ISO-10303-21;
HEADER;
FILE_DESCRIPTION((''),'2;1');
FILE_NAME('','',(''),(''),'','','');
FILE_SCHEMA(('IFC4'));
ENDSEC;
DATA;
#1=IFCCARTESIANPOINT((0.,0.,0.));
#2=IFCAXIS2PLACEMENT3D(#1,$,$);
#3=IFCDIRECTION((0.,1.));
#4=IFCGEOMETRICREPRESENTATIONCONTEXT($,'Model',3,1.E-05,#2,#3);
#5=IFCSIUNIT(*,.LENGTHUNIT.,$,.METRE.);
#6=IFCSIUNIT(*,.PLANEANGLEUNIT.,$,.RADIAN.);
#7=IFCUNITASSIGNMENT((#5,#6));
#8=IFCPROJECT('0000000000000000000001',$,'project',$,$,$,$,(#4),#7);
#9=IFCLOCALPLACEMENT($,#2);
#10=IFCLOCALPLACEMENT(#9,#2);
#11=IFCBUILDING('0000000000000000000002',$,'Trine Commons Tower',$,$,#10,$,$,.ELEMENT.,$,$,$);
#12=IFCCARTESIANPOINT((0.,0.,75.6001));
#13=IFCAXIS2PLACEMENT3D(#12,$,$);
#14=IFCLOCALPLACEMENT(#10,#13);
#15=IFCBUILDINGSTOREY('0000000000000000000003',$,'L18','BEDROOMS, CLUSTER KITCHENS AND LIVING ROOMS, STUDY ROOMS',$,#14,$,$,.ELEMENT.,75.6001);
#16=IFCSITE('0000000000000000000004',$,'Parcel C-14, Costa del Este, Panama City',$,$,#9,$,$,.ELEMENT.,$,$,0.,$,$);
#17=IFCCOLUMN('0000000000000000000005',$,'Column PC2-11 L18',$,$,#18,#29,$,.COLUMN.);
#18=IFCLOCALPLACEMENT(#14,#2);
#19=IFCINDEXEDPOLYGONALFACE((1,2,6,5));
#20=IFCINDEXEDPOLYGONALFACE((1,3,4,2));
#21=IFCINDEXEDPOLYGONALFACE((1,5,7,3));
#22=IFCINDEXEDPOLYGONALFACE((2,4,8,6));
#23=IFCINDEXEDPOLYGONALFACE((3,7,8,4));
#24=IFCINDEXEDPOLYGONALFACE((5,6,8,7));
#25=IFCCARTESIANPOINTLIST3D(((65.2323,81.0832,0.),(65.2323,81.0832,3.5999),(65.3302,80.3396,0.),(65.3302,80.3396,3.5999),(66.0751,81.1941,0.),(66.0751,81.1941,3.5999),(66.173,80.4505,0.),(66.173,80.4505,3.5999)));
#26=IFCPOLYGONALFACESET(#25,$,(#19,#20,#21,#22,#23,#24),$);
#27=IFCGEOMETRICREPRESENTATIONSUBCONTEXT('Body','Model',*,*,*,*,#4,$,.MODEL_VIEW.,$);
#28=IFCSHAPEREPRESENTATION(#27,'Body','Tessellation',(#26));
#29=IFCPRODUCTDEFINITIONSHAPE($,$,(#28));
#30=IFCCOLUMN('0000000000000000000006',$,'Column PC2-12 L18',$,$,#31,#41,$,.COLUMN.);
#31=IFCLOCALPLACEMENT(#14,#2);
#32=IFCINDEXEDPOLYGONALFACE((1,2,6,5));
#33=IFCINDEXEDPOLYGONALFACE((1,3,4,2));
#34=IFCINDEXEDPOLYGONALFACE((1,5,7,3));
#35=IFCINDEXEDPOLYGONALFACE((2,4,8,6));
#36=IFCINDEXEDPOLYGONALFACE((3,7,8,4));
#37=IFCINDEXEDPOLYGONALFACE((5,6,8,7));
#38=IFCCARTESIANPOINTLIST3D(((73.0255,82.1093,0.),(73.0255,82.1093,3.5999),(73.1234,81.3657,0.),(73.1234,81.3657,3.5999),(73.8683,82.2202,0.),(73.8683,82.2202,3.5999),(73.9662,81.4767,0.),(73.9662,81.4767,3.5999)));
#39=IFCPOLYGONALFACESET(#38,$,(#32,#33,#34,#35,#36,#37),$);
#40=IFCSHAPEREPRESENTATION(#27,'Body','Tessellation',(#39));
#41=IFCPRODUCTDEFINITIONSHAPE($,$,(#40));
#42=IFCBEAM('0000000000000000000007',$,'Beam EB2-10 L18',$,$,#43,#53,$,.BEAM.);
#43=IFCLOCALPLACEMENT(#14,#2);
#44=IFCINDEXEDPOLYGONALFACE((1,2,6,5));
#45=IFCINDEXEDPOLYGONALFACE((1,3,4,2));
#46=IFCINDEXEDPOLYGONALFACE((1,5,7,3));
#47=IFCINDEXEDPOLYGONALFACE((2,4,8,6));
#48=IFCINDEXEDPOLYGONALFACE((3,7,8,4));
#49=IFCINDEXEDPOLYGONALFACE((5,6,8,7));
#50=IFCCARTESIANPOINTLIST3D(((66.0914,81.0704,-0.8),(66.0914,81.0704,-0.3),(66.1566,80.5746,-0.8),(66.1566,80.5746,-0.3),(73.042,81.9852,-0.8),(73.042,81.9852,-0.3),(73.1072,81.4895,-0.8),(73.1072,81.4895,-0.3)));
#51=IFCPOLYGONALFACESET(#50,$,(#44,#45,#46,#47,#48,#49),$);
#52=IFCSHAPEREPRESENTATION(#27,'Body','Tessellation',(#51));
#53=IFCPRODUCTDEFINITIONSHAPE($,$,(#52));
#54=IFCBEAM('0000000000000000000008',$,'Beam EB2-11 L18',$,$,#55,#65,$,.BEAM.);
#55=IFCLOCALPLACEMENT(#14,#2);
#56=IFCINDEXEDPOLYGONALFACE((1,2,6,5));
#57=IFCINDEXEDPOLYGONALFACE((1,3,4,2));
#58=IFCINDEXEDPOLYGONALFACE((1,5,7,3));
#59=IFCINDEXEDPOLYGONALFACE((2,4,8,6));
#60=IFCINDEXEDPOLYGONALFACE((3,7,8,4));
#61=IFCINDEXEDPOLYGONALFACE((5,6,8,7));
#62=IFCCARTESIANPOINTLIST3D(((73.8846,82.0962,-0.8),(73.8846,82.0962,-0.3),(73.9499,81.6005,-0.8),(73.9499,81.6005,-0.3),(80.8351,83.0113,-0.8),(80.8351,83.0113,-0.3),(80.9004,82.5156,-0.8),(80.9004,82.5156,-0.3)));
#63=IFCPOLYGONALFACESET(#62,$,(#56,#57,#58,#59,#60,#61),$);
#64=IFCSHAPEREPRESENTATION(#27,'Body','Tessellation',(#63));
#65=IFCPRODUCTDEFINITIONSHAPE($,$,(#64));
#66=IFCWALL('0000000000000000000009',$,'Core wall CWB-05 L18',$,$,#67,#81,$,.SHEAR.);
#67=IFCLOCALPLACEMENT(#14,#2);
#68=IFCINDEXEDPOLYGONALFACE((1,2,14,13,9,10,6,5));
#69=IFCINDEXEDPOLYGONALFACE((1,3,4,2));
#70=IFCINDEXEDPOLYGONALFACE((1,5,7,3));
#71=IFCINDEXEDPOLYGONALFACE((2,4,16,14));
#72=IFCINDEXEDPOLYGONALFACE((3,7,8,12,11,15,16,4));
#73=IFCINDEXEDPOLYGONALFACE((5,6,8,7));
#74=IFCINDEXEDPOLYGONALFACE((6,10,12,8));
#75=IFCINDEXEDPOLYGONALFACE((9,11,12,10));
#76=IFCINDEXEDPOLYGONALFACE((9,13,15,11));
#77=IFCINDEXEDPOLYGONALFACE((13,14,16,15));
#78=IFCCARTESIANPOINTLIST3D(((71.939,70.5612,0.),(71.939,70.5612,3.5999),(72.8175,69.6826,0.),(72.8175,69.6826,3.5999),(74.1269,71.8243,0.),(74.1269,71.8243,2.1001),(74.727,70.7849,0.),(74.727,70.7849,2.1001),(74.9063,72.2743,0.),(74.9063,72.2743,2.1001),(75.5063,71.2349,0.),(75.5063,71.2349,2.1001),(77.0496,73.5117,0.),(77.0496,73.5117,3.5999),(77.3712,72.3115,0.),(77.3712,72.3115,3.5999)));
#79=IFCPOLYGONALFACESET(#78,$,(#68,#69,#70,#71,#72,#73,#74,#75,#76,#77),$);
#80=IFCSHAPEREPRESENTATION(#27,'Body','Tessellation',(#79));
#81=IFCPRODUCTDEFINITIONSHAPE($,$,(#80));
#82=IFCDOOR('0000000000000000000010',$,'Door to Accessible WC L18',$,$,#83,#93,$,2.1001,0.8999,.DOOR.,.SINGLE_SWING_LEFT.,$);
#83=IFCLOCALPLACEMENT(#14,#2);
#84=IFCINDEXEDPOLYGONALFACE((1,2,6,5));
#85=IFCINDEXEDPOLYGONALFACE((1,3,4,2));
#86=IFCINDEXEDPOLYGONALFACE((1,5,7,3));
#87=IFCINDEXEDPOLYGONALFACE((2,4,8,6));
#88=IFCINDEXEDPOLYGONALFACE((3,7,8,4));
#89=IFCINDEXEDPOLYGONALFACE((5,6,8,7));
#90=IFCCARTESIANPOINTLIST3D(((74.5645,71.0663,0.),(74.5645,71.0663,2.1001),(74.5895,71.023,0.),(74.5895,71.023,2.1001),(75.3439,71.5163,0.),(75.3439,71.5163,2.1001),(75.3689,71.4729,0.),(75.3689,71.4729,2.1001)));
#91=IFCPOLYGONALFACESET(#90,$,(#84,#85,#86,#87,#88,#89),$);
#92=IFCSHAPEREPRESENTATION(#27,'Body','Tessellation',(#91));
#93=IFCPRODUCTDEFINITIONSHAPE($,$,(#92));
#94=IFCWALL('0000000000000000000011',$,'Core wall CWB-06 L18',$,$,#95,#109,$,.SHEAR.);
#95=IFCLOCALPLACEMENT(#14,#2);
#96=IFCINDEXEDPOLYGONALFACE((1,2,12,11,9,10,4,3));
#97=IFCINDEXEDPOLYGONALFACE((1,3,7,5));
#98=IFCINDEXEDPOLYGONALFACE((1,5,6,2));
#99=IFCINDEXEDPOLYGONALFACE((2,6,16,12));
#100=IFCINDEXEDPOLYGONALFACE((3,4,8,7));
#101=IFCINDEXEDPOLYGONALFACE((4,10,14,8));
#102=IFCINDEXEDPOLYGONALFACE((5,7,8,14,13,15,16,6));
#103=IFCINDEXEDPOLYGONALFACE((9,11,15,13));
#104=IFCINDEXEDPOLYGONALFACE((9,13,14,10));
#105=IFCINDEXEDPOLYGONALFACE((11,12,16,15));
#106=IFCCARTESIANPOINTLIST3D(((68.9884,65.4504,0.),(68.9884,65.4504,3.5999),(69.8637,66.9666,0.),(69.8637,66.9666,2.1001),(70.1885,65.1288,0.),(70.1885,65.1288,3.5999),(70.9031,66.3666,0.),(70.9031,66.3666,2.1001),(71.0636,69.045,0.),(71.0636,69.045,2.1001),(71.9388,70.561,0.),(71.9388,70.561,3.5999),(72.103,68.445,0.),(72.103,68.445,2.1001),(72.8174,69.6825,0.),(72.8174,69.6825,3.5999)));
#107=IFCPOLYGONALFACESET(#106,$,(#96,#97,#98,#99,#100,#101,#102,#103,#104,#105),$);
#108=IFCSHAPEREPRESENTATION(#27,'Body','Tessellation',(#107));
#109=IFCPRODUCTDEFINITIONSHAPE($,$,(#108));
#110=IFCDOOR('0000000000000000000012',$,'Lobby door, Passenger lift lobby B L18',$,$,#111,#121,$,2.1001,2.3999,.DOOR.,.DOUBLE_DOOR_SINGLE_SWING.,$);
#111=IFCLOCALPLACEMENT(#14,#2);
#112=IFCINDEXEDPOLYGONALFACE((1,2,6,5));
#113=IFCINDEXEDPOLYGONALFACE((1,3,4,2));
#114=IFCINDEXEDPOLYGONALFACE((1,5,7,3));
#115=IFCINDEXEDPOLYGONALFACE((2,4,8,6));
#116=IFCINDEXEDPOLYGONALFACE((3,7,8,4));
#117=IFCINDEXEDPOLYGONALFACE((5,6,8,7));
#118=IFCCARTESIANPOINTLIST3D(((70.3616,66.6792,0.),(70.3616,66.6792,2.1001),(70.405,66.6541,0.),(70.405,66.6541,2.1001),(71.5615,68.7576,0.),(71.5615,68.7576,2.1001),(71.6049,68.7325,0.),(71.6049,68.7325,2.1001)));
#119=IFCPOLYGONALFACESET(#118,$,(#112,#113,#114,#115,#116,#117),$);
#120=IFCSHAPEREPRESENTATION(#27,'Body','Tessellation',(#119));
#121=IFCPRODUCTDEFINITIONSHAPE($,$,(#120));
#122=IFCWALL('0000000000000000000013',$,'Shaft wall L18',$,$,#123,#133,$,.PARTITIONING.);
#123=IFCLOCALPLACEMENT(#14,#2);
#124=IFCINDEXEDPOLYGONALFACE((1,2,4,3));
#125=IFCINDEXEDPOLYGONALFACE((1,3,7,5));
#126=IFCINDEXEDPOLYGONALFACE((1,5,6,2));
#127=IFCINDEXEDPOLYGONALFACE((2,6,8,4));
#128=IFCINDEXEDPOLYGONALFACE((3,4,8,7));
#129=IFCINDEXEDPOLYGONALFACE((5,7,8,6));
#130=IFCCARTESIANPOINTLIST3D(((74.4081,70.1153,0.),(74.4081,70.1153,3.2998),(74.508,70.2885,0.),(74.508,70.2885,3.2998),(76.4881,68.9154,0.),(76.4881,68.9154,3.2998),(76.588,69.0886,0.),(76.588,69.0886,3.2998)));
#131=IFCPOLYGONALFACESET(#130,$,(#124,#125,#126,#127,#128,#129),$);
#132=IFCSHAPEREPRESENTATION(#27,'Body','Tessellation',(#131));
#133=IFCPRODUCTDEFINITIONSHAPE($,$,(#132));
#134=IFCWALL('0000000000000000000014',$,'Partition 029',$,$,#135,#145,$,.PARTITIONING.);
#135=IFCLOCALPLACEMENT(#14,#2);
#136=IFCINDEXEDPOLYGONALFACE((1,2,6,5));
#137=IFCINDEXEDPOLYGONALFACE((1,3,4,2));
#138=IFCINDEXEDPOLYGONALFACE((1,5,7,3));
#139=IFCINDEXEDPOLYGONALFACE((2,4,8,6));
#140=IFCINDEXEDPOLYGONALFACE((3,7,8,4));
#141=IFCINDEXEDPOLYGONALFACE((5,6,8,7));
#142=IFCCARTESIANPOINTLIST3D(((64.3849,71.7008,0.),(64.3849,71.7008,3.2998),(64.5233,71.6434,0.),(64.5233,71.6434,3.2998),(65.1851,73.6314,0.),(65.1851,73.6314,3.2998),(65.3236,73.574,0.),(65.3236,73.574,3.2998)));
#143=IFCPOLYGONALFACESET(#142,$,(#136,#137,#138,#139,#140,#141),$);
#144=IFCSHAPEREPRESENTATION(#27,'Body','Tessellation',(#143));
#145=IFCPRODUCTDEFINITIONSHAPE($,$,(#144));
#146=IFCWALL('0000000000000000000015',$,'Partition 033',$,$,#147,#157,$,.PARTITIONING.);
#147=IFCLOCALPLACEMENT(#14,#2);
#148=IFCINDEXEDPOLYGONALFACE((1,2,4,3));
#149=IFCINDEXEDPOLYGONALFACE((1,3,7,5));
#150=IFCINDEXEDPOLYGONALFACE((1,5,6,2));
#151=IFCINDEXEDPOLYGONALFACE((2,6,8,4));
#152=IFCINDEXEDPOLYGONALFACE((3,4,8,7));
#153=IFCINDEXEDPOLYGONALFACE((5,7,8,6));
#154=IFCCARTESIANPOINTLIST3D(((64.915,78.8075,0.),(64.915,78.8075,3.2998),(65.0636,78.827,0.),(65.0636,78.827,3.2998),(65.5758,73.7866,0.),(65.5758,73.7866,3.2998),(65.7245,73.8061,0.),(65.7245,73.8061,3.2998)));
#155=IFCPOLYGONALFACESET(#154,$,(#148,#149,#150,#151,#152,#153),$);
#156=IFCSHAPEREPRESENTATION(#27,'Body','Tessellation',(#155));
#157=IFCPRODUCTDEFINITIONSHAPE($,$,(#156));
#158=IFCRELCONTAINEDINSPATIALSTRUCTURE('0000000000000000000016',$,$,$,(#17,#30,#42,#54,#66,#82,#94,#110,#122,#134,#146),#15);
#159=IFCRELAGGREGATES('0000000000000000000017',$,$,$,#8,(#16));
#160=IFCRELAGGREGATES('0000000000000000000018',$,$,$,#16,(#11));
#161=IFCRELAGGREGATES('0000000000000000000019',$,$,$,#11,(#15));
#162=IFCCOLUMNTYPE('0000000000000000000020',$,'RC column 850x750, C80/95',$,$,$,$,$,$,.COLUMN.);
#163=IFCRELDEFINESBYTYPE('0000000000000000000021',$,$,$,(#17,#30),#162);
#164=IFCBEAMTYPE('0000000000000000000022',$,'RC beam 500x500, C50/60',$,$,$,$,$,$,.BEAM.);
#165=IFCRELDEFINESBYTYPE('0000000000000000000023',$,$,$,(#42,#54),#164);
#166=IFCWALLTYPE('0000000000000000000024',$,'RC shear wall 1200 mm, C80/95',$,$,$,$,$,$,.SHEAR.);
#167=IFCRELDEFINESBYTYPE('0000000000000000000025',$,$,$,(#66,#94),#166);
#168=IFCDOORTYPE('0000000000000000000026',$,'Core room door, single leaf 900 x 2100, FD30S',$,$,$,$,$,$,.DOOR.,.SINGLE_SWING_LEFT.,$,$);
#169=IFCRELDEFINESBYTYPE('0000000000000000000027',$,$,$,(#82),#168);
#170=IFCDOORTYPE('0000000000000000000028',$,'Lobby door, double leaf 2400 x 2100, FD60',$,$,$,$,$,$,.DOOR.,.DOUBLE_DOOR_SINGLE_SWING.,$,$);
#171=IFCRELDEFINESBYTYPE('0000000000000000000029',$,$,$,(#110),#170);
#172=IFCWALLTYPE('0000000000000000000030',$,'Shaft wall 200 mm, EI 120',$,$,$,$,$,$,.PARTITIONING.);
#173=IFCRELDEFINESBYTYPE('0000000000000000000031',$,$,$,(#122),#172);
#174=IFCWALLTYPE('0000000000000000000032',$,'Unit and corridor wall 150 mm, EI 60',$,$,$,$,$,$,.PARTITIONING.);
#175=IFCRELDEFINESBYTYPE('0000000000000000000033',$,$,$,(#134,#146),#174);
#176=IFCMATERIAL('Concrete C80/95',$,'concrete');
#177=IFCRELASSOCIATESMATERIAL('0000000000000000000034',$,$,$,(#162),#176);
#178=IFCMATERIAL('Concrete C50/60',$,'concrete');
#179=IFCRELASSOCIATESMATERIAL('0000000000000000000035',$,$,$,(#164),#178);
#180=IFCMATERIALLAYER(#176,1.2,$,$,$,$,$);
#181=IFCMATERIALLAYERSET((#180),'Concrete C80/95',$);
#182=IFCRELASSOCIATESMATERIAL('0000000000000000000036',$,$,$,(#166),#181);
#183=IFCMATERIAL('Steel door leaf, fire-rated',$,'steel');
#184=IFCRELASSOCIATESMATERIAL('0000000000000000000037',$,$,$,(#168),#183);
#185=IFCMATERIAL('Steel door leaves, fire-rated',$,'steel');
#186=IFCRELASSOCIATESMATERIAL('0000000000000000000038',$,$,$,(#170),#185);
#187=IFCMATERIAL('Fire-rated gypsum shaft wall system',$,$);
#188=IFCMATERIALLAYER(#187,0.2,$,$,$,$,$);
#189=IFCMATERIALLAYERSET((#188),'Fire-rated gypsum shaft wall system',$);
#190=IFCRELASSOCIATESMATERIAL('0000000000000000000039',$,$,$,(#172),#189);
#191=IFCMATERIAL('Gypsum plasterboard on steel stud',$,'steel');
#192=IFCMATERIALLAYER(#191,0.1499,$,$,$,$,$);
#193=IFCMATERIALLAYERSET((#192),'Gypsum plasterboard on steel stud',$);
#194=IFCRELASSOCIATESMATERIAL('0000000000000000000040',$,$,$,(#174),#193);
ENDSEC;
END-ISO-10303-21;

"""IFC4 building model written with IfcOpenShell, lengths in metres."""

from ifc_helpers import new_model, si_unit, direction, frame, frame_2d, origin, origin_2d, place, context, subcontext, project, spatial, polyline, rectangle, outline, extrude, material, layer, layer_set, material_profile, profile_set, type_object, element, fill, save


model = new_model("IFC4")

# Units and contexts
model_context = context("Model", 3, precision=1e-05, world=origin(), true_north=direction((0.0, 1.0)))
body_context = subcontext(model_context, "Body", "Model", "MODEL_VIEW")
ifc_project = project(units=[si_unit("LENGTHUNIT", "METRE"), si_unit("PLANEANGLEUNIT", "RADIAN")], contexts=[model_context])

# Site, building, storey
site_placement = place(None, origin())
site = spatial("IfcSite", under=ifc_project, at=site_placement, Name="Parcel C-14, Costa del Este, Panama City", CompositionType="ELEMENT", RefElevation=0.0)
building_placement = place(site_placement, origin())
building = spatial("IfcBuilding", under=site, at=building_placement, Name="Trine Commons Tower", CompositionType="ELEMENT")
storey_placement = place(building_placement, frame((0.0, 0.0, 75.6001)))
storey = spatial("IfcBuildingStorey", under=building, at=storey_placement, Name="L18", Description="BEDROOMS, CLUSTER KITCHENS AND LIVING ROOMS, STUDY ROOMS", CompositionType="ELEMENT", Elevation=75.6001)

# Columns
ifc_material_1 = material(Name="Concrete C80/95", Category="concrete")
ifc_material_profile_1 = material_profile(ifc_material_1, rectangle(XDim=0.8501, YDim=0.75, at=origin_2d()), Name="RC 850x750")
ifc_profile_set_1 = profile_set([ifc_material_profile_1], Name="Concrete C80/95")
column_type = type_object("IfcColumnType", Name="RC column 850x750, C80/95", PredefinedType="COLUMN", material=ifc_profile_set_1)
for number, where, z_axis, x_axis, name in (
    (1, (65.7026, 80.7668, 0.0), (0.0, 0.0, 1.0), (0.991445, 0.130526, 0.0), "Column PC2-11 L18"),
    (2, (73.4958, 81.793, 0.0), (0.0, 0.0, 1.0), (0.991445, 0.130526, 0.0), "Column PC2-12 L18"),
):
    element("IfcColumn", number, at=place(storey_placement, frame(where, z_axis=z_axis, x_axis=x_axis)), inside=storey, type_object=column_type, Name=name, PredefinedType="COLUMN", context=body_context, shape_type="SweptSolid", body=[
        extrude(rectangle(XDim=0.8501, YDim=0.75, at=origin_2d()), origin(), (0.0, 0.0, 1.0), 3.5999),
    ])

# Beams
ifc_material_2 = material(Name="Concrete C50/60", Category="concrete")
ifc_material_profile_2 = material_profile(ifc_material_2, rectangle(XDim=0.5, YDim=0.5, at=origin_2d()), Name="RC 500x500")
ifc_profile_set_2 = profile_set([ifc_material_profile_2], Name="Concrete C50/60")
beam_type = type_object("IfcBeamType", Name="RC beam 500x500, C50/60", PredefinedType="BEAM", material=ifc_profile_set_2)
for number, where, z_axis, x_axis, name in (
    (3, (66.124, 80.8225, -0.55), (0.991449, 0.130491, 0.0), (-0.130491, 0.991449, 0.0), "Beam EB2-10 L18"),
    (4, (73.9172, 81.8484, -0.55), (0.991445, 0.130526, 0.0), (-0.130526, 0.991445, 0.0), "Beam EB2-11 L18"),
):
    element("IfcBeam", number, at=place(storey_placement, frame(where, z_axis=z_axis, x_axis=x_axis)), inside=storey, type_object=beam_type, Name=name, PredefinedType="BEAM", context=body_context, shape_type="SweptSolid", body=[
        extrude(rectangle(XDim=0.5, YDim=0.5, at=origin_2d()), origin(), (0.0, 0.0, 1.0), 7.0105),
    ])

# Walls, openings, doors
ifc_layer_1 = layer(ifc_material_1, 1.2)
ifc_layer_set_1 = layer_set([ifc_layer_1], Name="Concrete C80/95")
wall_type_1 = type_object("IfcWallType", Name="RC shear wall 1200 mm, C80/95", PredefinedType="SHEAR", material=ifc_layer_set_1)
wall_1_placement = place(storey_placement, frame((77.3496, 72.9919, 0.0), z_axis=(0.0, 0.0, 1.0), x_axis=(-0.866037, -0.499979, 0.0)))
wall_1 = element("IfcWall", 5, at=wall_1_placement, inside=storey, type_object=wall_type_1, Name="Core wall CWB-05 L18", PredefinedType="SHEAR", context=body_context, shape_type="SweptSolid", body=[
    extrude(outline(polyline([(0.0, -0.6001), (5.9011, -0.6001), (5.5796, 0.6001), (0.3215, 0.6001), (0.0, -0.6001)])), origin(), (0.0, 0.0, 1.0), 3.5999),
])
opening_1_placement = place(wall_1_placement, frame((2.4749, 0.0, 0.0)))
opening_1 = element("IfcOpeningElement", 6, at=opening_1_placement, cuts=wall_1, PredefinedType="OPENING", context=body_context, shape_type="SweptSolid", body=[
    extrude(rectangle(XDim=0.8999, YDim=2.1001, at=frame_2d((0.45, 1.05))), frame((0.0, 0.6099, 0.0), z_axis=(0.0, -1.0, 0.0), x_axis=(1.0, 0.0, 0.0)), (0.0, 0.0, 1.0), 1.22),
])
ifc_material_3 = material(Name="Steel door leaf, fire-rated", Category="steel")
door_type_1 = type_object("IfcDoorType", Name="Core room door, single leaf 900 x 2100, FD30S", OperationType="SINGLE_SWING_LEFT", PredefinedType="DOOR", material=ifc_material_3)
door_1_placement = place(opening_1_placement, origin())
door_1 = element("IfcDoor", 7, at=door_1_placement, inside=storey, type_object=door_type_1, Name="Door to Accessible WC L18", OperationType="SINGLE_SWING_LEFT", OverallHeight=2.1001, OverallWidth=0.8999, PredefinedType="DOOR", context=body_context, shape_type="SweptSolid", body=[
    extrude(rectangle(XDim=0.8999, YDim=2.1001, at=frame_2d((0.45, 1.05))), frame((0.0, 0.3252, 0.0), z_axis=(0.0, -1.0, 0.0), x_axis=(1.0, 0.0, 0.0)), (0.0, 0.0, 1.0), 0.05),
])
fill(opening_1, door_1)
wall_2_placement = place(storey_placement, frame((72.4585, 70.261, 0.0), z_axis=(0.0, 0.0, 1.0), x_axis=(-0.499979, -0.866037, 0.0)))
wall_2 = element("IfcWall", 8, at=wall_2_placement, inside=storey, type_object=wall_type_1, Name="Core wall CWB-06 L18", PredefinedType="SHEAR", context=body_context, shape_type="SweptSolid", body=[
    extrude(outline(polyline([(0.0, -0.6001), (5.9011, -0.6001), (5.5796, 0.6001), (0.3215, 0.6001), (0.0, -0.6001)])), origin(), (0.0, 0.0, 1.0), 3.5999),
])
opening_2_placement = place(wall_2_placement, frame((1.7505, 0.0, 0.0)))
opening_2 = element("IfcOpeningElement", 9, at=opening_2_placement, cuts=wall_2, PredefinedType="OPENING", context=body_context, shape_type="SweptSolid", body=[
    extrude(rectangle(XDim=2.3999, YDim=2.1001, at=frame_2d((1.2, 1.05))), frame((0.0, 0.6099, 0.0), z_axis=(0.0, -1.0, 0.0), x_axis=(1.0, 0.0, 0.0)), (0.0, 0.0, 1.0), 1.22),
])
ifc_material_4 = material(Name="Steel door leaves, fire-rated", Category="steel")
door_type_2 = type_object("IfcDoorType", Name="Lobby door, double leaf 2400 x 2100, FD60", OperationType="DOUBLE_DOOR_SINGLE_SWING", PredefinedType="DOOR", material=ifc_material_4)
door_2_placement = place(opening_2_placement, origin())
door_2 = element("IfcDoor", 10, at=door_2_placement, inside=storey, type_object=door_type_2, Name="Lobby door, Passenger lift lobby B L18", OperationType="DOUBLE_DOOR_SINGLE_SWING", OverallHeight=2.1001, OverallWidth=2.3999, PredefinedType="DOOR", context=body_context, shape_type="SweptSolid", body=[
    extrude(rectangle(XDim=2.3999, YDim=2.1001, at=frame_2d((1.2, 1.05))), frame((0.0, 0.0249, 0.0), z_axis=(0.0, -1.0, 0.0), x_axis=(1.0, 0.0, 0.0)), (0.0, 0.0, 1.0), 0.05),
])
fill(opening_2, door_2)

# Walls
ifc_material_5 = material(Name="Fire-rated gypsum shaft wall system")
ifc_layer_2 = layer(ifc_material_5, 0.2)
ifc_layer_set_2 = layer_set([ifc_layer_2], Name="Fire-rated gypsum shaft wall system")
wall_type_2 = type_object("IfcWallType", Name="Shaft wall 200 mm, EI 120", PredefinedType="PARTITIONING", material=ifc_layer_set_2)
wall_3_placement = place(storey_placement, frame((76.5381, 69.002, 0.0), z_axis=(0.0, 0.0, 1.0), x_axis=(-0.866203, 0.499693, 0.0)))
element("IfcWall", 11, at=wall_3_placement, inside=storey, type_object=wall_type_2, Name="Shaft wall L18", PredefinedType="PARTITIONING", context=body_context, shape_type="SweptSolid", body=[
    extrude(rectangle(XDim=2.4014, YDim=0.2, at=frame_2d((1.2007, 0.0))), origin(), (0.0, 0.0, 1.0), 3.2998),
])
ifc_material_6 = material(Name="Gypsum plasterboard on steel stud", Category="steel")
ifc_layer_3 = layer(ifc_material_6, 0.1499)
ifc_layer_set_3 = layer_set([ifc_layer_3], Name="Gypsum plasterboard on steel stud")
wall_type_3 = type_object("IfcWallType", Name="Unit and corridor wall 150 mm, EI 60", PredefinedType="PARTITIONING", material=ifc_layer_set_3)
wall_4_placement = place(storey_placement, frame((64.4541, 71.6721, 0.0), z_axis=(0.0, 0.0, 1.0), x_axis=(0.382923, 0.92378, 0.0)))
element("IfcWall", 12, at=wall_4_placement, inside=storey, type_object=wall_type_3, Name="Partition 029", PredefinedType="PARTITIONING", context=body_context, shape_type="SweptSolid", body=[
    extrude(rectangle(XDim=2.0898, YDim=0.1499, at=frame_2d((1.0449, 0.0))), origin(), (0.0, 0.0, 1.0), 3.2998),
])
wall_5_placement = place(storey_placement, frame((64.9893, 78.8174, 0.0), z_axis=(0.0, 0.0, 1.0), x_axis=(0.130499, -0.991448, 0.0)))
element("IfcWall", 13, at=wall_5_placement, inside=storey, type_object=wall_type_3, Name="Partition 033", PredefinedType="PARTITIONING", context=body_context, shape_type="SweptSolid", body=[
    extrude(rectangle(XDim=5.0642, YDim=0.1499, at=frame_2d((2.5322, 0.0))), origin(), (0.0, 0.0, 1.0), 3.2998),
])

save(model, "model.ifc")
